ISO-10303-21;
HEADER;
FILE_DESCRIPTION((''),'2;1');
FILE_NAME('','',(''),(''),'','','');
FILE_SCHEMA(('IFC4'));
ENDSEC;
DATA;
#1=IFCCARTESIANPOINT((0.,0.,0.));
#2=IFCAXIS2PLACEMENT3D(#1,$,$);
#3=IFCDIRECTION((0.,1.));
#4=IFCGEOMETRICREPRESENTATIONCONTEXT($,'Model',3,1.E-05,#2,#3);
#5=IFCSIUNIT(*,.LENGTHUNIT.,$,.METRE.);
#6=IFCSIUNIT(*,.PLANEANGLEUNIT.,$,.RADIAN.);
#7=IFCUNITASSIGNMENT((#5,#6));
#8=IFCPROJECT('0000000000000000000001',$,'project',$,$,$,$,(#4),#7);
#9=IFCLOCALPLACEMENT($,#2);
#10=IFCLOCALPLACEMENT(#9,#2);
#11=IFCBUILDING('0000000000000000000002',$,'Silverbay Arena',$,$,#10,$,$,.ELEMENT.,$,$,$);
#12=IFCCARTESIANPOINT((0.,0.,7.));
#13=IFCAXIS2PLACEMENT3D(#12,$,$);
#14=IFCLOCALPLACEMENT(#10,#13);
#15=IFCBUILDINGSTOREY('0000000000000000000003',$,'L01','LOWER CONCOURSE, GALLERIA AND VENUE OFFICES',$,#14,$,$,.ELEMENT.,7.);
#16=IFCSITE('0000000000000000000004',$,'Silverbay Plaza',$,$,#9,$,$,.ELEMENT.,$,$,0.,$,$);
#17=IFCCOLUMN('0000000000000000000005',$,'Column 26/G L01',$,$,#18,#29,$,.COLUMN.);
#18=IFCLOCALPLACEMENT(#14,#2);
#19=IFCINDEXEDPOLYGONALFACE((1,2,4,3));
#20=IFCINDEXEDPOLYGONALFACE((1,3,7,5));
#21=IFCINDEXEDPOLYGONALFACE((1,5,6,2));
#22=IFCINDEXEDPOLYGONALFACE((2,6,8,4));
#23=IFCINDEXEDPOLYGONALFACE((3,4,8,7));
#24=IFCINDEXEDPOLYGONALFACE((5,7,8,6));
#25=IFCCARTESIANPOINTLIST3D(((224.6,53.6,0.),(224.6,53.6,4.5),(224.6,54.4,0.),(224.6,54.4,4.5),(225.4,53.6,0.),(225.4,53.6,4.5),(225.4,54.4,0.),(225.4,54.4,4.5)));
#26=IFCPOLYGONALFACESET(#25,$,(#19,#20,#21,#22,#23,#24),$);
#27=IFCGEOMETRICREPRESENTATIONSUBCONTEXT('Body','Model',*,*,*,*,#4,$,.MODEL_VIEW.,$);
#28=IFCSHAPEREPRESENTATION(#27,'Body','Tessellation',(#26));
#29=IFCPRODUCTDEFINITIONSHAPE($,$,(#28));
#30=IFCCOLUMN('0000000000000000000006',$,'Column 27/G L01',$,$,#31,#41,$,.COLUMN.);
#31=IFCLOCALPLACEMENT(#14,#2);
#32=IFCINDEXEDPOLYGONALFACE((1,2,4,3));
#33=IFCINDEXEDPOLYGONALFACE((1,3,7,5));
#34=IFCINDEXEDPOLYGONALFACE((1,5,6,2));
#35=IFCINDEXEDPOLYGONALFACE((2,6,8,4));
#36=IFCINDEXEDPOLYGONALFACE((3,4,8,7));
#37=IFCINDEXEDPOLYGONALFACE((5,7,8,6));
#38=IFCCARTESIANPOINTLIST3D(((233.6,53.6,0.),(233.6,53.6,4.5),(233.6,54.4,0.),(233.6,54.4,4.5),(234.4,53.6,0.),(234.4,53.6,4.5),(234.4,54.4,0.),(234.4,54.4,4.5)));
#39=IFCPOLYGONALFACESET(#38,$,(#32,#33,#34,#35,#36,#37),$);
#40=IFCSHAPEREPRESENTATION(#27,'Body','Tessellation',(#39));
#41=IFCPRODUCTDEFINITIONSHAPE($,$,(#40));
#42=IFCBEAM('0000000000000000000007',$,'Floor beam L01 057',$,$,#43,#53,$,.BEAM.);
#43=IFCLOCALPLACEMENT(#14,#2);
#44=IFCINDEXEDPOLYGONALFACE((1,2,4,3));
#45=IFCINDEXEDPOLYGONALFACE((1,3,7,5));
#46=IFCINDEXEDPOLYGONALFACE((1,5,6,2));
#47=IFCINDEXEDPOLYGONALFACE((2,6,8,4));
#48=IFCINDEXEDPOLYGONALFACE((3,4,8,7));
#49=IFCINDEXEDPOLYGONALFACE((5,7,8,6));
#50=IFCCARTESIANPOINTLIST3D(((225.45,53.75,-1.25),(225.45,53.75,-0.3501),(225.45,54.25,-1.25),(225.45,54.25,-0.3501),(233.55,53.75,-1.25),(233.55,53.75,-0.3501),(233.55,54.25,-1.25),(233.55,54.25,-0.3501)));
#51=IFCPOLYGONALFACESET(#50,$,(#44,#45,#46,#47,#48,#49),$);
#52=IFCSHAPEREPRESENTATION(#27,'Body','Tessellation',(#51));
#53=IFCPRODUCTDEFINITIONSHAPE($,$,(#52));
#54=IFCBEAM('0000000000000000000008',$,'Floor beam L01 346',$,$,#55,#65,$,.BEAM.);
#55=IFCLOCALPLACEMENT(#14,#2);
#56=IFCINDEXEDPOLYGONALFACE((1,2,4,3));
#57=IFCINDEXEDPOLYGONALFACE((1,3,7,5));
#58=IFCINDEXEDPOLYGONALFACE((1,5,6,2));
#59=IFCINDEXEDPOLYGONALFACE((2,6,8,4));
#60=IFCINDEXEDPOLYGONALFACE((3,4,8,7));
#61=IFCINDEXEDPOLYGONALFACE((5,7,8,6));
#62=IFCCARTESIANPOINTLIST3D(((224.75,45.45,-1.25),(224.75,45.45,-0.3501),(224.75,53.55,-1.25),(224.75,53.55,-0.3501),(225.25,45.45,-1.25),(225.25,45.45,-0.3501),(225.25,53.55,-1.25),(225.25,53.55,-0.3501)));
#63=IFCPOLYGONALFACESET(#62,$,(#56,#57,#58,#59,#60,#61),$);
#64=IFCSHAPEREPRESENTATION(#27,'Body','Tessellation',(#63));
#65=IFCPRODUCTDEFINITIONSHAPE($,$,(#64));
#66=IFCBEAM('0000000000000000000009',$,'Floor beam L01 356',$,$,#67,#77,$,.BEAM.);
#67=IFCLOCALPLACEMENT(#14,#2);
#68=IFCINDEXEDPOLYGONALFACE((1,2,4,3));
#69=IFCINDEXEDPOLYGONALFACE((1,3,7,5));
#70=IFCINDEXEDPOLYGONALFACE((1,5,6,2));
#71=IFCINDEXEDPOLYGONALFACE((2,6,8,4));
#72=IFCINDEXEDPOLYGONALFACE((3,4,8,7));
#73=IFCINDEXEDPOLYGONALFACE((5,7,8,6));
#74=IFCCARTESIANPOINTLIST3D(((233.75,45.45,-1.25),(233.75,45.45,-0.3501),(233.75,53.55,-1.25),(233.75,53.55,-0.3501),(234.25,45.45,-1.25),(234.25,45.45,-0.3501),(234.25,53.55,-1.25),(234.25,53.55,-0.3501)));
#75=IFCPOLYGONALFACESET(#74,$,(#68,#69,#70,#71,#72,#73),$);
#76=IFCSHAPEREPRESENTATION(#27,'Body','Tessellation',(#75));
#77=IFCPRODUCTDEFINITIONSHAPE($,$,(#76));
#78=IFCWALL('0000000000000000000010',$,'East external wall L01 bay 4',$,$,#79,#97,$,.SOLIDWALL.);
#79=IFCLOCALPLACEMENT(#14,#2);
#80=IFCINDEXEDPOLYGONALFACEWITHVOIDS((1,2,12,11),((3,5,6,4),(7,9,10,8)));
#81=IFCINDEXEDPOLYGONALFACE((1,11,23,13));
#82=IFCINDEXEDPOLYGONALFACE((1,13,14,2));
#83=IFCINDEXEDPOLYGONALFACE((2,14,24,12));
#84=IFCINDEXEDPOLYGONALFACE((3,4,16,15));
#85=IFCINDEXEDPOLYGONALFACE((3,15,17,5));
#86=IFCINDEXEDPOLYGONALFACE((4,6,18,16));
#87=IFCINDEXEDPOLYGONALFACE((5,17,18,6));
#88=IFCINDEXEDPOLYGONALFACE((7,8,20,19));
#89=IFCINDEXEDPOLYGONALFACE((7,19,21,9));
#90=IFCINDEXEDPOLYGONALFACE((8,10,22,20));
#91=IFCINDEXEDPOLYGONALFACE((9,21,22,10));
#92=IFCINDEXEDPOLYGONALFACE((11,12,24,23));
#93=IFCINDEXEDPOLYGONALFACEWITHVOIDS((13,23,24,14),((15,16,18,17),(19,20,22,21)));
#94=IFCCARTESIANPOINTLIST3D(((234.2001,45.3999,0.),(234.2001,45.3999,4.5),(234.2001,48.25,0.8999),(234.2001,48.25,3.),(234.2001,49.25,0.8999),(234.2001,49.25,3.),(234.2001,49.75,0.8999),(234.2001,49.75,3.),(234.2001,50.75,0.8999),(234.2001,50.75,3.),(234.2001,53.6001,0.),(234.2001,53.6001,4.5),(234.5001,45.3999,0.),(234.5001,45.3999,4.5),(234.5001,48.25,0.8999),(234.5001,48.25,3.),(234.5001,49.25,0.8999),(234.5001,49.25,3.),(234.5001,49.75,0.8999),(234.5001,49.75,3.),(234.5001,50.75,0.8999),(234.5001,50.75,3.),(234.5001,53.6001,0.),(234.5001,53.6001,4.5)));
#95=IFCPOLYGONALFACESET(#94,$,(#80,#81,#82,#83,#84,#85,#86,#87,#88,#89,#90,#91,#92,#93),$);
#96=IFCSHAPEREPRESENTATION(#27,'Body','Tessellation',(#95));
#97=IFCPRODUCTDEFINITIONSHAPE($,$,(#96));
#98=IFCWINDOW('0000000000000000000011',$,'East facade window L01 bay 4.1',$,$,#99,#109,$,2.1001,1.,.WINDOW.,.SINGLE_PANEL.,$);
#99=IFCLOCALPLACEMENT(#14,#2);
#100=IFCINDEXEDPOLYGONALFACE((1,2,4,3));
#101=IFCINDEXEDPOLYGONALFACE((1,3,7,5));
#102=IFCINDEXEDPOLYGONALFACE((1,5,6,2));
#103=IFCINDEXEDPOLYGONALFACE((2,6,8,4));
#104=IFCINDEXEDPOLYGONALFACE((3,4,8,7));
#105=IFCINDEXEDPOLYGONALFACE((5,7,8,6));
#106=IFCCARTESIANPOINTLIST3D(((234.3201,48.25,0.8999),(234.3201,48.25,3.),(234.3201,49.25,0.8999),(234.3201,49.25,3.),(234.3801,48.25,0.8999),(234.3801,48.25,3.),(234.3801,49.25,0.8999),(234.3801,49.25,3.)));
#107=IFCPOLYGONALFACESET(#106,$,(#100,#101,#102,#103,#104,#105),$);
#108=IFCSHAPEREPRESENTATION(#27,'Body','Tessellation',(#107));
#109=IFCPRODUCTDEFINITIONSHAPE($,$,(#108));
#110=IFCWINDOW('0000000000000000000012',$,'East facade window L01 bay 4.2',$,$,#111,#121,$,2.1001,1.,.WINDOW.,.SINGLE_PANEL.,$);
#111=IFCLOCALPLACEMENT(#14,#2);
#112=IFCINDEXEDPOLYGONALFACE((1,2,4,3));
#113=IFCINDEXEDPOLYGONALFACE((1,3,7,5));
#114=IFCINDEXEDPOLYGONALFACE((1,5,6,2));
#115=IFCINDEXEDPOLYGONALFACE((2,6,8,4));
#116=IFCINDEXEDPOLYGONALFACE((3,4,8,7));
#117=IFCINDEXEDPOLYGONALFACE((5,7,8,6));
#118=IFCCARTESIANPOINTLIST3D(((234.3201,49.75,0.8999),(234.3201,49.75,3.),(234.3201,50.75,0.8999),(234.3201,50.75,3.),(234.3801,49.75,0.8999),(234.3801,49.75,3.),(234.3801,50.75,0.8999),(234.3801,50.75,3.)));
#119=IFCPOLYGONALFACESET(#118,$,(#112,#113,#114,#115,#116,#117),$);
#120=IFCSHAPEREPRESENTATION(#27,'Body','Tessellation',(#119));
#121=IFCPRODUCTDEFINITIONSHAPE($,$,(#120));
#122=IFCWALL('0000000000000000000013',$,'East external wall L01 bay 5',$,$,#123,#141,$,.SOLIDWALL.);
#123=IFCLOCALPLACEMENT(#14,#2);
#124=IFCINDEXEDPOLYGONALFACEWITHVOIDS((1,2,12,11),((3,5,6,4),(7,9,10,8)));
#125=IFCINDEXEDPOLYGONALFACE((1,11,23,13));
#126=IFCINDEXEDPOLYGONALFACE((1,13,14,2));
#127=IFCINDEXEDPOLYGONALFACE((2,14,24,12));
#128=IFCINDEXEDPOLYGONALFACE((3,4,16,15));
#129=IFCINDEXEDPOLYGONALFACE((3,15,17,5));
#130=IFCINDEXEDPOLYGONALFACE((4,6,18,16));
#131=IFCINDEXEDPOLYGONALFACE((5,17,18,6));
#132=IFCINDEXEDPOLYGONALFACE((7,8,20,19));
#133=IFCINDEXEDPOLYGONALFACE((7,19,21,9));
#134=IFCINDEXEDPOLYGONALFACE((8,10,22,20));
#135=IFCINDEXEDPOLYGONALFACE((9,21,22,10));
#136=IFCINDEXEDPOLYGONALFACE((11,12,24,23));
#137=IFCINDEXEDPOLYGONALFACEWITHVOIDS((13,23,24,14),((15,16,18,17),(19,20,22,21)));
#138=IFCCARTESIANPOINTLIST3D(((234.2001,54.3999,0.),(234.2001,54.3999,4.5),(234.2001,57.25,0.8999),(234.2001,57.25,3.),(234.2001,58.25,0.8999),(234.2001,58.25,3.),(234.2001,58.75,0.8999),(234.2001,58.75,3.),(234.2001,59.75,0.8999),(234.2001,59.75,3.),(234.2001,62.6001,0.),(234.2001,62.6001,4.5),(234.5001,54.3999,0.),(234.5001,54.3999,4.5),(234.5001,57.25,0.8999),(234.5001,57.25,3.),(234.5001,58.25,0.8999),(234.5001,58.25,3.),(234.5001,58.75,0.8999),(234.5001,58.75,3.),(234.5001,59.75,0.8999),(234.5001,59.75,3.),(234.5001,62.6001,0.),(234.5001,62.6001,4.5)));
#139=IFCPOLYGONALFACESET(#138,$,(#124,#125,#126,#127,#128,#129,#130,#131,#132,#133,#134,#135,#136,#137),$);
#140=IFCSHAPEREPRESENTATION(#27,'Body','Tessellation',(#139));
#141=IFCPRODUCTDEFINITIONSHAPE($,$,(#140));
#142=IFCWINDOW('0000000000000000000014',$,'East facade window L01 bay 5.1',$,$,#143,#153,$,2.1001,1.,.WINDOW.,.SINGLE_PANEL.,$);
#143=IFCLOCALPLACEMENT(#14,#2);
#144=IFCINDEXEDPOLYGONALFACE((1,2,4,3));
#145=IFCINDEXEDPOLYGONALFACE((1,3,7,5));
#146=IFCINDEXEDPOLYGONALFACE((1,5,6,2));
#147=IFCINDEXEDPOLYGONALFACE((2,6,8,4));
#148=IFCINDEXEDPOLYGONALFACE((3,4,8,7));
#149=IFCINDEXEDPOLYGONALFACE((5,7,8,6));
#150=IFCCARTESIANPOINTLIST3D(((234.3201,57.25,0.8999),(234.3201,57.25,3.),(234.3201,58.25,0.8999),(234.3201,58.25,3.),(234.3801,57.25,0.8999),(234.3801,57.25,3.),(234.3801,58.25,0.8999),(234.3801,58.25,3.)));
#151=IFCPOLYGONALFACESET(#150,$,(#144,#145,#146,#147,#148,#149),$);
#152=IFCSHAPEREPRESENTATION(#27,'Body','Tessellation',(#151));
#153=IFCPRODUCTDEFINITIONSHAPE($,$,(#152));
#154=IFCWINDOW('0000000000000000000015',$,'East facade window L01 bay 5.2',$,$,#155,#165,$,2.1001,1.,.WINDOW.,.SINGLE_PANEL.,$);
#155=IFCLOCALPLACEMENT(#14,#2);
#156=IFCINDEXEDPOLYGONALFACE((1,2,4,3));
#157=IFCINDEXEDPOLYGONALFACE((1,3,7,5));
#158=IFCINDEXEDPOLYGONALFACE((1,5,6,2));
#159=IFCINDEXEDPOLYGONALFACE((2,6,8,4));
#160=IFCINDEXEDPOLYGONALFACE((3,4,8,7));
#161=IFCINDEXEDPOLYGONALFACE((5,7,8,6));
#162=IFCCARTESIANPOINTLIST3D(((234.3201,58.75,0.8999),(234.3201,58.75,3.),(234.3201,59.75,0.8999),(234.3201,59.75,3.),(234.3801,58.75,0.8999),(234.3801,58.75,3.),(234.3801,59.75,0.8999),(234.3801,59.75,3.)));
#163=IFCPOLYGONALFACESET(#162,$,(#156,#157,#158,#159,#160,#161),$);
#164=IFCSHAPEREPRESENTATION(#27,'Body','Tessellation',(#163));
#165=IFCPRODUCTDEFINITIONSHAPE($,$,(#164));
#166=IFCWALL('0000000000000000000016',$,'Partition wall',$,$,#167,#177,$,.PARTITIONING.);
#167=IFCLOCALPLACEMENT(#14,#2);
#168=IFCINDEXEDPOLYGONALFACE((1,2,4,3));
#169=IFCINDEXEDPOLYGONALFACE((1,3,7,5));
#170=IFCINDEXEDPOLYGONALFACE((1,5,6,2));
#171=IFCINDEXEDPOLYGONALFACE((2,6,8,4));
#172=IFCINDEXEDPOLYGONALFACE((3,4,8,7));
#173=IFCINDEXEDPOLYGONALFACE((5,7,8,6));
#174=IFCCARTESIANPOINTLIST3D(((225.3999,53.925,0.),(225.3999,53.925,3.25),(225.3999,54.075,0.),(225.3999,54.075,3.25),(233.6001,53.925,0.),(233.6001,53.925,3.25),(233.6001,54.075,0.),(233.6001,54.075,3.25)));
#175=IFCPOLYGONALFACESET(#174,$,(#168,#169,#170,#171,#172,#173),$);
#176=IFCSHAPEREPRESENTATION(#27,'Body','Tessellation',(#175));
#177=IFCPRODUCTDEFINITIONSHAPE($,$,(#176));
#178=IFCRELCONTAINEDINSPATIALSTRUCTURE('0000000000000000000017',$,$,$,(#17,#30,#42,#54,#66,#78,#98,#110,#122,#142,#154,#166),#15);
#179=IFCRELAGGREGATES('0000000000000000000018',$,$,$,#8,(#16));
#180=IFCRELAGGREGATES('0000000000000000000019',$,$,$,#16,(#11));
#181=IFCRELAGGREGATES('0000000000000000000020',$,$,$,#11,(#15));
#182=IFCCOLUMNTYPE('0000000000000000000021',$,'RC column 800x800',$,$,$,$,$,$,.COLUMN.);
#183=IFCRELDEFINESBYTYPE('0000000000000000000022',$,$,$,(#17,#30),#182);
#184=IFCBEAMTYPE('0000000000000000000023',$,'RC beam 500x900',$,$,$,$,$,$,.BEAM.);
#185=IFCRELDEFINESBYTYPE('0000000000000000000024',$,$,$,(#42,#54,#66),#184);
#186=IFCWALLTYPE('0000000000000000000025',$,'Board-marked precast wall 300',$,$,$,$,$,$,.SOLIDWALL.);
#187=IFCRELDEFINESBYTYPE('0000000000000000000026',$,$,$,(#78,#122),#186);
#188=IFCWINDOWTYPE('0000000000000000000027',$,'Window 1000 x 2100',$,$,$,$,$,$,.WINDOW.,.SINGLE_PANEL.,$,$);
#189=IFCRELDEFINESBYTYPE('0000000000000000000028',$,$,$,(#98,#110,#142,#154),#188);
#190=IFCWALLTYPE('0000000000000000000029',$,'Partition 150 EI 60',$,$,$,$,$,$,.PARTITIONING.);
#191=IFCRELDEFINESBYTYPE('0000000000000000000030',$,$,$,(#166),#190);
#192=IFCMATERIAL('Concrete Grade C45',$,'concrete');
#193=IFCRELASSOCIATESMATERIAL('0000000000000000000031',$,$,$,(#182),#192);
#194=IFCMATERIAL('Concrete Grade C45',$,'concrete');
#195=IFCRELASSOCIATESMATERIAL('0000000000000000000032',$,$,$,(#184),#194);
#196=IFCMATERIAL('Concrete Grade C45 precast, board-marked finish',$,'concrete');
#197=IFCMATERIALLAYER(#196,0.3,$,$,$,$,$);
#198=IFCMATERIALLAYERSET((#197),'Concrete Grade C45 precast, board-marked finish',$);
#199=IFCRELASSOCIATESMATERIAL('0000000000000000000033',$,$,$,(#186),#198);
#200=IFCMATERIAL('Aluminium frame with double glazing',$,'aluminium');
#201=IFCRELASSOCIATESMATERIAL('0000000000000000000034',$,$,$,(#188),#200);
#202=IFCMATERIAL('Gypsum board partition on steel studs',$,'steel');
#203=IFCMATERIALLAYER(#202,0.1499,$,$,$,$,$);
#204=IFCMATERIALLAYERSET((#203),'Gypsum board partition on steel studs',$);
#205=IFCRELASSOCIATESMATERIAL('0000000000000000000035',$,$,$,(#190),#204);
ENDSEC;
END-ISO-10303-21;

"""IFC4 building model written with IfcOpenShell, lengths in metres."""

from ifc_helpers import new_model, si_unit, direction, frame, frame_2d, origin, origin_2d, place, context, subcontext, project, spatial, rectangle, extrude, material, layer, layer_set, material_profile, profile_set, type_object, element, fill, save


model = new_model("IFC4")

# Units and contexts
model_context = context("Model", 3, precision=1e-05, world=origin(), true_north=direction((0.0, 1.0)))
body_context = subcontext(model_context, "Body", "Model", "MODEL_VIEW")
ifc_project = project(units=[si_unit("LENGTHUNIT", "METRE"), si_unit("PLANEANGLEUNIT", "RADIAN")], contexts=[model_context])

# Site, building, storey
site_placement = place(None, origin())
site = spatial("IfcSite", under=ifc_project, at=site_placement, Name="Silverbay Plaza", CompositionType="ELEMENT", RefElevation=0.0)
building_placement = place(site_placement, origin())
building = spatial("IfcBuilding", under=site, at=building_placement, Name="Silverbay Arena", CompositionType="ELEMENT")
storey_placement = place(building_placement, frame((0.0, 0.0, 7.0)))
storey = spatial("IfcBuildingStorey", under=building, at=storey_placement, Name="L01", Description="LOWER CONCOURSE, GALLERIA AND VENUE OFFICES", CompositionType="ELEMENT", Elevation=7.0)

# Columns
ifc_material_1 = material(Name="Concrete Grade C45", Category="concrete")
ifc_material_profile_1 = material_profile(ifc_material_1, rectangle(XDim=0.8, YDim=0.8, at=origin_2d()), Name="RC 800x800")
ifc_profile_set_1 = profile_set([ifc_material_profile_1], Name="Concrete Grade C45")
column_type = type_object("IfcColumnType", Name="RC column 800x800", PredefinedType="COLUMN", material=ifc_profile_set_1)
for number, where, z_axis, x_axis, name in (
    (1, (225.0, 54.0, 0.0), (0.0, 0.0, 1.0), (1.0, 0.0, 0.0), "Column 26/G L01"),
    (2, (234.0, 54.0, 0.0), (0.0, 0.0, 1.0), (1.0, 0.0, 0.0), "Column 27/G L01"),
):
    element("IfcColumn", number, at=place(storey_placement, frame(where, z_axis=z_axis, x_axis=x_axis)), inside=storey, type_object=column_type, Name=name, PredefinedType="COLUMN", context=body_context, shape_type="SweptSolid", body=[
        extrude(rectangle(XDim=0.8, YDim=0.8, at=origin_2d()), origin(), (0.0, 0.0, 1.0), 4.5),
    ])

# Beams
ifc_material_2 = material(Name="Concrete Grade C45", Category="concrete")
ifc_material_profile_2 = material_profile(ifc_material_2, rectangle(XDim=0.5, YDim=0.8999, at=origin_2d()), Name="RC 500x900")
ifc_profile_set_2 = profile_set([ifc_material_profile_2], Name="Concrete Grade C45")
beam_type = type_object("IfcBeamType", Name="RC beam 500x900", PredefinedType="BEAM", material=ifc_profile_set_2)
for number, where, z_axis, x_axis, name in (
    (3, (225.45, 54.0, -0.8), (1.0, 0.0, 0.0), (0.0, 1.0, 0.0), "Floor beam L01 057"),
    (4, (225.0, 45.45, -0.8), (0.0, 1.0, 0.0), (-1.0, 0.0, 0.0), "Floor beam L01 346"),
    (5, (234.0, 45.45, -0.8), (0.0, 1.0, 0.0), (-1.0, 0.0, 0.0), "Floor beam L01 356"),
):
    element("IfcBeam", number, at=place(storey_placement, frame(where, z_axis=z_axis, x_axis=x_axis)), inside=storey, type_object=beam_type, Name=name, PredefinedType="BEAM", context=body_context, shape_type="SweptSolid", body=[
        extrude(rectangle(XDim=0.5, YDim=0.8999, at=origin_2d()), origin(), (0.0, 0.0, 1.0), 8.1001),
    ])

# Walls, openings, windows
ifc_material_3 = material(Name="Concrete Grade C45 precast, board-marked finish", Category="concrete")
ifc_layer_1 = layer(ifc_material_3, 0.3)
ifc_layer_set_1 = layer_set([ifc_layer_1], Name="Concrete Grade C45 precast, board-marked finish")
wall_type_1 = type_object("IfcWallType", Name="Board-marked precast wall 300", PredefinedType="SOLIDWALL", material=ifc_layer_set_1)
wall_1_placement = place(storey_placement, frame((234.3501, 45.3999, 0.0), z_axis=(0.0, 0.0, 1.0), x_axis=(0.0, 1.0, 0.0)))
wall_1 = element("IfcWall", 6, at=wall_1_placement, inside=storey, type_object=wall_type_1, Name="East external wall L01 bay 4", PredefinedType="SOLIDWALL", context=body_context, shape_type="SweptSolid", body=[
    extrude(rectangle(XDim=8.2002, YDim=0.3, at=frame_2d((4.1001, 0.0))), origin(), (0.0, 0.0, 1.0), 4.5),
])
opening_1_placement = place(wall_1_placement, frame((2.8501, 0.0, 0.8999)))
opening_1 = element("IfcOpeningElement", 7, at=opening_1_placement, cuts=wall_1, PredefinedType="OPENING", context=body_context, shape_type="SweptSolid", body=[
    extrude(rectangle(XDim=1.0, YDim=2.1001, at=frame_2d((0.5, 1.05))), frame((0.0, 0.1602, 0.0), z_axis=(0.0, -1.0, 0.0), x_axis=(1.0, 0.0, 0.0)), (0.0, 0.0, 1.0), 0.3201),
])
opening_2_placement = place(wall_1_placement, frame((4.3501, 0.0, 0.8999)))
opening_2 = element("IfcOpeningElement", 8, at=opening_2_placement, cuts=wall_1, PredefinedType="OPENING", context=body_context, shape_type="SweptSolid", body=[
    extrude(rectangle(XDim=1.0, YDim=2.1001, at=frame_2d((0.5, 1.05))), frame((0.0, 0.1602, 0.0), z_axis=(0.0, -1.0, 0.0), x_axis=(1.0, 0.0, 0.0)), (0.0, 0.0, 1.0), 0.3201),
])
ifc_material_4 = material(Name="Aluminium frame with double glazing", Category="aluminium")
window_type = type_object("IfcWindowType", Name="Window 1000 x 2100", PartitioningType="SINGLE_PANEL", PredefinedType="WINDOW", material=ifc_material_4)
window_1_placement = place(opening_1_placement, origin())
window_1 = element("IfcWindow", 9, at=window_1_placement, inside=storey, type_object=window_type, Name="East facade window L01 bay 4.1", OverallHeight=2.1001, OverallWidth=1.0, PartitioningType="SINGLE_PANEL", PredefinedType="WINDOW", context=body_context, shape_type="SweptSolid", body=[
    extrude(rectangle(XDim=1.0, YDim=2.1001, at=frame_2d((0.5, 1.05))), frame((0.0, 0.03, 0.0), z_axis=(0.0, -1.0, 0.0), x_axis=(1.0, 0.0, 0.0)), (0.0, 0.0, 1.0), 0.0601),
])
fill(opening_1, window_1)
window_2_placement = place(opening_2_placement, origin())
window_2 = element("IfcWindow", 10, at=window_2_placement, inside=storey, type_object=window_type, Name="East facade window L01 bay 4.2", OverallHeight=2.1001, OverallWidth=1.0, PartitioningType="SINGLE_PANEL", PredefinedType="WINDOW", context=body_context, shape_type="SweptSolid", body=[
    extrude(rectangle(XDim=1.0, YDim=2.1001, at=frame_2d((0.5, 1.05))), frame((0.0, 0.03, 0.0), z_axis=(0.0, -1.0, 0.0), x_axis=(1.0, 0.0, 0.0)), (0.0, 0.0, 1.0), 0.0601),
])
fill(opening_2, window_2)
wall_2_placement = place(storey_placement, frame((234.3501, 54.3999, 0.0), z_axis=(0.0, 0.0, 1.0), x_axis=(0.0, 1.0, 0.0)))
wall_2 = element("IfcWall", 11, at=wall_2_placement, inside=storey, type_object=wall_type_1, Name="East external wall L01 bay 5", PredefinedType="SOLIDWALL", context=body_context, shape_type="SweptSolid", body=[
    extrude(rectangle(XDim=8.2002, YDim=0.3, at=frame_2d((4.1001, 0.0))), origin(), (0.0, 0.0, 1.0), 4.5),
])
opening_3_placement = place(wall_2_placement, frame((2.8501, 0.0, 0.8999)))
opening_3 = element("IfcOpeningElement", 12, at=opening_3_placement, cuts=wall_2, PredefinedType="OPENING", context=body_context, shape_type="SweptSolid", body=[
    extrude(rectangle(XDim=1.0, YDim=2.1001, at=frame_2d((0.5, 1.05))), frame((0.0, 0.1602, 0.0), z_axis=(0.0, -1.0, 0.0), x_axis=(1.0, 0.0, 0.0)), (0.0, 0.0, 1.0), 0.3201),
])
opening_4_placement = place(wall_2_placement, frame((4.3501, 0.0, 0.8999)))
opening_4 = element("IfcOpeningElement", 13, at=opening_4_placement, cuts=wall_2, PredefinedType="OPENING", context=body_context, shape_type="SweptSolid", body=[
    extrude(rectangle(XDim=1.0, YDim=2.1001, at=frame_2d((0.5, 1.05))), frame((0.0, 0.1602, 0.0), z_axis=(0.0, -1.0, 0.0), x_axis=(1.0, 0.0, 0.0)), (0.0, 0.0, 1.0), 0.3201),
])
window_3_placement = place(opening_3_placement, origin())
window_3 = element("IfcWindow", 14, at=window_3_placement, inside=storey, type_object=window_type, Name="East facade window L01 bay 5.1", OverallHeight=2.1001, OverallWidth=1.0, PartitioningType="SINGLE_PANEL", PredefinedType="WINDOW", context=body_context, shape_type="SweptSolid", body=[
    extrude(rectangle(XDim=1.0, YDim=2.1001, at=frame_2d((0.5, 1.05))), frame((0.0, 0.03, 0.0), z_axis=(0.0, -1.0, 0.0), x_axis=(1.0, 0.0, 0.0)), (0.0, 0.0, 1.0), 0.0601),
])
fill(opening_3, window_3)
window_4_placement = place(opening_4_placement, origin())
window_4 = element("IfcWindow", 15, at=window_4_placement, inside=storey, type_object=window_type, Name="East facade window L01 bay 5.2", OverallHeight=2.1001, OverallWidth=1.0, PartitioningType="SINGLE_PANEL", PredefinedType="WINDOW", context=body_context, shape_type="SweptSolid", body=[
    extrude(rectangle(XDim=1.0, YDim=2.1001, at=frame_2d((0.5, 1.05))), frame((0.0, 0.03, 0.0), z_axis=(0.0, -1.0, 0.0), x_axis=(1.0, 0.0, 0.0)), (0.0, 0.0, 1.0), 0.0601),
])
fill(opening_4, window_4)

# Wall
ifc_material_5 = material(Name="Gypsum board partition on steel studs", Category="steel")
ifc_layer_2 = layer(ifc_material_5, 0.1499)
ifc_layer_set_2 = layer_set([ifc_layer_2], Name="Gypsum board partition on steel studs")
wall_type_2 = type_object("IfcWallType", Name="Partition 150 EI 60", PredefinedType="PARTITIONING", material=ifc_layer_set_2)
wall_3_placement = place(storey_placement, frame((225.3999, 54.0, 0.0), z_axis=(0.0, 0.0, 1.0), x_axis=(1.0, 0.0, 0.0)))
element("IfcWall", 16, at=wall_3_placement, inside=storey, type_object=wall_type_2, Name="Partition wall", PredefinedType="PARTITIONING", context=body_context, shape_type="SweptSolid", body=[
    extrude(rectangle(XDim=8.2002, YDim=0.1499, at=frame_2d((4.1001, 0.0))), origin(), (0.0, 0.0, 1.0), 3.25),
])

save(model, "model.ifc")
